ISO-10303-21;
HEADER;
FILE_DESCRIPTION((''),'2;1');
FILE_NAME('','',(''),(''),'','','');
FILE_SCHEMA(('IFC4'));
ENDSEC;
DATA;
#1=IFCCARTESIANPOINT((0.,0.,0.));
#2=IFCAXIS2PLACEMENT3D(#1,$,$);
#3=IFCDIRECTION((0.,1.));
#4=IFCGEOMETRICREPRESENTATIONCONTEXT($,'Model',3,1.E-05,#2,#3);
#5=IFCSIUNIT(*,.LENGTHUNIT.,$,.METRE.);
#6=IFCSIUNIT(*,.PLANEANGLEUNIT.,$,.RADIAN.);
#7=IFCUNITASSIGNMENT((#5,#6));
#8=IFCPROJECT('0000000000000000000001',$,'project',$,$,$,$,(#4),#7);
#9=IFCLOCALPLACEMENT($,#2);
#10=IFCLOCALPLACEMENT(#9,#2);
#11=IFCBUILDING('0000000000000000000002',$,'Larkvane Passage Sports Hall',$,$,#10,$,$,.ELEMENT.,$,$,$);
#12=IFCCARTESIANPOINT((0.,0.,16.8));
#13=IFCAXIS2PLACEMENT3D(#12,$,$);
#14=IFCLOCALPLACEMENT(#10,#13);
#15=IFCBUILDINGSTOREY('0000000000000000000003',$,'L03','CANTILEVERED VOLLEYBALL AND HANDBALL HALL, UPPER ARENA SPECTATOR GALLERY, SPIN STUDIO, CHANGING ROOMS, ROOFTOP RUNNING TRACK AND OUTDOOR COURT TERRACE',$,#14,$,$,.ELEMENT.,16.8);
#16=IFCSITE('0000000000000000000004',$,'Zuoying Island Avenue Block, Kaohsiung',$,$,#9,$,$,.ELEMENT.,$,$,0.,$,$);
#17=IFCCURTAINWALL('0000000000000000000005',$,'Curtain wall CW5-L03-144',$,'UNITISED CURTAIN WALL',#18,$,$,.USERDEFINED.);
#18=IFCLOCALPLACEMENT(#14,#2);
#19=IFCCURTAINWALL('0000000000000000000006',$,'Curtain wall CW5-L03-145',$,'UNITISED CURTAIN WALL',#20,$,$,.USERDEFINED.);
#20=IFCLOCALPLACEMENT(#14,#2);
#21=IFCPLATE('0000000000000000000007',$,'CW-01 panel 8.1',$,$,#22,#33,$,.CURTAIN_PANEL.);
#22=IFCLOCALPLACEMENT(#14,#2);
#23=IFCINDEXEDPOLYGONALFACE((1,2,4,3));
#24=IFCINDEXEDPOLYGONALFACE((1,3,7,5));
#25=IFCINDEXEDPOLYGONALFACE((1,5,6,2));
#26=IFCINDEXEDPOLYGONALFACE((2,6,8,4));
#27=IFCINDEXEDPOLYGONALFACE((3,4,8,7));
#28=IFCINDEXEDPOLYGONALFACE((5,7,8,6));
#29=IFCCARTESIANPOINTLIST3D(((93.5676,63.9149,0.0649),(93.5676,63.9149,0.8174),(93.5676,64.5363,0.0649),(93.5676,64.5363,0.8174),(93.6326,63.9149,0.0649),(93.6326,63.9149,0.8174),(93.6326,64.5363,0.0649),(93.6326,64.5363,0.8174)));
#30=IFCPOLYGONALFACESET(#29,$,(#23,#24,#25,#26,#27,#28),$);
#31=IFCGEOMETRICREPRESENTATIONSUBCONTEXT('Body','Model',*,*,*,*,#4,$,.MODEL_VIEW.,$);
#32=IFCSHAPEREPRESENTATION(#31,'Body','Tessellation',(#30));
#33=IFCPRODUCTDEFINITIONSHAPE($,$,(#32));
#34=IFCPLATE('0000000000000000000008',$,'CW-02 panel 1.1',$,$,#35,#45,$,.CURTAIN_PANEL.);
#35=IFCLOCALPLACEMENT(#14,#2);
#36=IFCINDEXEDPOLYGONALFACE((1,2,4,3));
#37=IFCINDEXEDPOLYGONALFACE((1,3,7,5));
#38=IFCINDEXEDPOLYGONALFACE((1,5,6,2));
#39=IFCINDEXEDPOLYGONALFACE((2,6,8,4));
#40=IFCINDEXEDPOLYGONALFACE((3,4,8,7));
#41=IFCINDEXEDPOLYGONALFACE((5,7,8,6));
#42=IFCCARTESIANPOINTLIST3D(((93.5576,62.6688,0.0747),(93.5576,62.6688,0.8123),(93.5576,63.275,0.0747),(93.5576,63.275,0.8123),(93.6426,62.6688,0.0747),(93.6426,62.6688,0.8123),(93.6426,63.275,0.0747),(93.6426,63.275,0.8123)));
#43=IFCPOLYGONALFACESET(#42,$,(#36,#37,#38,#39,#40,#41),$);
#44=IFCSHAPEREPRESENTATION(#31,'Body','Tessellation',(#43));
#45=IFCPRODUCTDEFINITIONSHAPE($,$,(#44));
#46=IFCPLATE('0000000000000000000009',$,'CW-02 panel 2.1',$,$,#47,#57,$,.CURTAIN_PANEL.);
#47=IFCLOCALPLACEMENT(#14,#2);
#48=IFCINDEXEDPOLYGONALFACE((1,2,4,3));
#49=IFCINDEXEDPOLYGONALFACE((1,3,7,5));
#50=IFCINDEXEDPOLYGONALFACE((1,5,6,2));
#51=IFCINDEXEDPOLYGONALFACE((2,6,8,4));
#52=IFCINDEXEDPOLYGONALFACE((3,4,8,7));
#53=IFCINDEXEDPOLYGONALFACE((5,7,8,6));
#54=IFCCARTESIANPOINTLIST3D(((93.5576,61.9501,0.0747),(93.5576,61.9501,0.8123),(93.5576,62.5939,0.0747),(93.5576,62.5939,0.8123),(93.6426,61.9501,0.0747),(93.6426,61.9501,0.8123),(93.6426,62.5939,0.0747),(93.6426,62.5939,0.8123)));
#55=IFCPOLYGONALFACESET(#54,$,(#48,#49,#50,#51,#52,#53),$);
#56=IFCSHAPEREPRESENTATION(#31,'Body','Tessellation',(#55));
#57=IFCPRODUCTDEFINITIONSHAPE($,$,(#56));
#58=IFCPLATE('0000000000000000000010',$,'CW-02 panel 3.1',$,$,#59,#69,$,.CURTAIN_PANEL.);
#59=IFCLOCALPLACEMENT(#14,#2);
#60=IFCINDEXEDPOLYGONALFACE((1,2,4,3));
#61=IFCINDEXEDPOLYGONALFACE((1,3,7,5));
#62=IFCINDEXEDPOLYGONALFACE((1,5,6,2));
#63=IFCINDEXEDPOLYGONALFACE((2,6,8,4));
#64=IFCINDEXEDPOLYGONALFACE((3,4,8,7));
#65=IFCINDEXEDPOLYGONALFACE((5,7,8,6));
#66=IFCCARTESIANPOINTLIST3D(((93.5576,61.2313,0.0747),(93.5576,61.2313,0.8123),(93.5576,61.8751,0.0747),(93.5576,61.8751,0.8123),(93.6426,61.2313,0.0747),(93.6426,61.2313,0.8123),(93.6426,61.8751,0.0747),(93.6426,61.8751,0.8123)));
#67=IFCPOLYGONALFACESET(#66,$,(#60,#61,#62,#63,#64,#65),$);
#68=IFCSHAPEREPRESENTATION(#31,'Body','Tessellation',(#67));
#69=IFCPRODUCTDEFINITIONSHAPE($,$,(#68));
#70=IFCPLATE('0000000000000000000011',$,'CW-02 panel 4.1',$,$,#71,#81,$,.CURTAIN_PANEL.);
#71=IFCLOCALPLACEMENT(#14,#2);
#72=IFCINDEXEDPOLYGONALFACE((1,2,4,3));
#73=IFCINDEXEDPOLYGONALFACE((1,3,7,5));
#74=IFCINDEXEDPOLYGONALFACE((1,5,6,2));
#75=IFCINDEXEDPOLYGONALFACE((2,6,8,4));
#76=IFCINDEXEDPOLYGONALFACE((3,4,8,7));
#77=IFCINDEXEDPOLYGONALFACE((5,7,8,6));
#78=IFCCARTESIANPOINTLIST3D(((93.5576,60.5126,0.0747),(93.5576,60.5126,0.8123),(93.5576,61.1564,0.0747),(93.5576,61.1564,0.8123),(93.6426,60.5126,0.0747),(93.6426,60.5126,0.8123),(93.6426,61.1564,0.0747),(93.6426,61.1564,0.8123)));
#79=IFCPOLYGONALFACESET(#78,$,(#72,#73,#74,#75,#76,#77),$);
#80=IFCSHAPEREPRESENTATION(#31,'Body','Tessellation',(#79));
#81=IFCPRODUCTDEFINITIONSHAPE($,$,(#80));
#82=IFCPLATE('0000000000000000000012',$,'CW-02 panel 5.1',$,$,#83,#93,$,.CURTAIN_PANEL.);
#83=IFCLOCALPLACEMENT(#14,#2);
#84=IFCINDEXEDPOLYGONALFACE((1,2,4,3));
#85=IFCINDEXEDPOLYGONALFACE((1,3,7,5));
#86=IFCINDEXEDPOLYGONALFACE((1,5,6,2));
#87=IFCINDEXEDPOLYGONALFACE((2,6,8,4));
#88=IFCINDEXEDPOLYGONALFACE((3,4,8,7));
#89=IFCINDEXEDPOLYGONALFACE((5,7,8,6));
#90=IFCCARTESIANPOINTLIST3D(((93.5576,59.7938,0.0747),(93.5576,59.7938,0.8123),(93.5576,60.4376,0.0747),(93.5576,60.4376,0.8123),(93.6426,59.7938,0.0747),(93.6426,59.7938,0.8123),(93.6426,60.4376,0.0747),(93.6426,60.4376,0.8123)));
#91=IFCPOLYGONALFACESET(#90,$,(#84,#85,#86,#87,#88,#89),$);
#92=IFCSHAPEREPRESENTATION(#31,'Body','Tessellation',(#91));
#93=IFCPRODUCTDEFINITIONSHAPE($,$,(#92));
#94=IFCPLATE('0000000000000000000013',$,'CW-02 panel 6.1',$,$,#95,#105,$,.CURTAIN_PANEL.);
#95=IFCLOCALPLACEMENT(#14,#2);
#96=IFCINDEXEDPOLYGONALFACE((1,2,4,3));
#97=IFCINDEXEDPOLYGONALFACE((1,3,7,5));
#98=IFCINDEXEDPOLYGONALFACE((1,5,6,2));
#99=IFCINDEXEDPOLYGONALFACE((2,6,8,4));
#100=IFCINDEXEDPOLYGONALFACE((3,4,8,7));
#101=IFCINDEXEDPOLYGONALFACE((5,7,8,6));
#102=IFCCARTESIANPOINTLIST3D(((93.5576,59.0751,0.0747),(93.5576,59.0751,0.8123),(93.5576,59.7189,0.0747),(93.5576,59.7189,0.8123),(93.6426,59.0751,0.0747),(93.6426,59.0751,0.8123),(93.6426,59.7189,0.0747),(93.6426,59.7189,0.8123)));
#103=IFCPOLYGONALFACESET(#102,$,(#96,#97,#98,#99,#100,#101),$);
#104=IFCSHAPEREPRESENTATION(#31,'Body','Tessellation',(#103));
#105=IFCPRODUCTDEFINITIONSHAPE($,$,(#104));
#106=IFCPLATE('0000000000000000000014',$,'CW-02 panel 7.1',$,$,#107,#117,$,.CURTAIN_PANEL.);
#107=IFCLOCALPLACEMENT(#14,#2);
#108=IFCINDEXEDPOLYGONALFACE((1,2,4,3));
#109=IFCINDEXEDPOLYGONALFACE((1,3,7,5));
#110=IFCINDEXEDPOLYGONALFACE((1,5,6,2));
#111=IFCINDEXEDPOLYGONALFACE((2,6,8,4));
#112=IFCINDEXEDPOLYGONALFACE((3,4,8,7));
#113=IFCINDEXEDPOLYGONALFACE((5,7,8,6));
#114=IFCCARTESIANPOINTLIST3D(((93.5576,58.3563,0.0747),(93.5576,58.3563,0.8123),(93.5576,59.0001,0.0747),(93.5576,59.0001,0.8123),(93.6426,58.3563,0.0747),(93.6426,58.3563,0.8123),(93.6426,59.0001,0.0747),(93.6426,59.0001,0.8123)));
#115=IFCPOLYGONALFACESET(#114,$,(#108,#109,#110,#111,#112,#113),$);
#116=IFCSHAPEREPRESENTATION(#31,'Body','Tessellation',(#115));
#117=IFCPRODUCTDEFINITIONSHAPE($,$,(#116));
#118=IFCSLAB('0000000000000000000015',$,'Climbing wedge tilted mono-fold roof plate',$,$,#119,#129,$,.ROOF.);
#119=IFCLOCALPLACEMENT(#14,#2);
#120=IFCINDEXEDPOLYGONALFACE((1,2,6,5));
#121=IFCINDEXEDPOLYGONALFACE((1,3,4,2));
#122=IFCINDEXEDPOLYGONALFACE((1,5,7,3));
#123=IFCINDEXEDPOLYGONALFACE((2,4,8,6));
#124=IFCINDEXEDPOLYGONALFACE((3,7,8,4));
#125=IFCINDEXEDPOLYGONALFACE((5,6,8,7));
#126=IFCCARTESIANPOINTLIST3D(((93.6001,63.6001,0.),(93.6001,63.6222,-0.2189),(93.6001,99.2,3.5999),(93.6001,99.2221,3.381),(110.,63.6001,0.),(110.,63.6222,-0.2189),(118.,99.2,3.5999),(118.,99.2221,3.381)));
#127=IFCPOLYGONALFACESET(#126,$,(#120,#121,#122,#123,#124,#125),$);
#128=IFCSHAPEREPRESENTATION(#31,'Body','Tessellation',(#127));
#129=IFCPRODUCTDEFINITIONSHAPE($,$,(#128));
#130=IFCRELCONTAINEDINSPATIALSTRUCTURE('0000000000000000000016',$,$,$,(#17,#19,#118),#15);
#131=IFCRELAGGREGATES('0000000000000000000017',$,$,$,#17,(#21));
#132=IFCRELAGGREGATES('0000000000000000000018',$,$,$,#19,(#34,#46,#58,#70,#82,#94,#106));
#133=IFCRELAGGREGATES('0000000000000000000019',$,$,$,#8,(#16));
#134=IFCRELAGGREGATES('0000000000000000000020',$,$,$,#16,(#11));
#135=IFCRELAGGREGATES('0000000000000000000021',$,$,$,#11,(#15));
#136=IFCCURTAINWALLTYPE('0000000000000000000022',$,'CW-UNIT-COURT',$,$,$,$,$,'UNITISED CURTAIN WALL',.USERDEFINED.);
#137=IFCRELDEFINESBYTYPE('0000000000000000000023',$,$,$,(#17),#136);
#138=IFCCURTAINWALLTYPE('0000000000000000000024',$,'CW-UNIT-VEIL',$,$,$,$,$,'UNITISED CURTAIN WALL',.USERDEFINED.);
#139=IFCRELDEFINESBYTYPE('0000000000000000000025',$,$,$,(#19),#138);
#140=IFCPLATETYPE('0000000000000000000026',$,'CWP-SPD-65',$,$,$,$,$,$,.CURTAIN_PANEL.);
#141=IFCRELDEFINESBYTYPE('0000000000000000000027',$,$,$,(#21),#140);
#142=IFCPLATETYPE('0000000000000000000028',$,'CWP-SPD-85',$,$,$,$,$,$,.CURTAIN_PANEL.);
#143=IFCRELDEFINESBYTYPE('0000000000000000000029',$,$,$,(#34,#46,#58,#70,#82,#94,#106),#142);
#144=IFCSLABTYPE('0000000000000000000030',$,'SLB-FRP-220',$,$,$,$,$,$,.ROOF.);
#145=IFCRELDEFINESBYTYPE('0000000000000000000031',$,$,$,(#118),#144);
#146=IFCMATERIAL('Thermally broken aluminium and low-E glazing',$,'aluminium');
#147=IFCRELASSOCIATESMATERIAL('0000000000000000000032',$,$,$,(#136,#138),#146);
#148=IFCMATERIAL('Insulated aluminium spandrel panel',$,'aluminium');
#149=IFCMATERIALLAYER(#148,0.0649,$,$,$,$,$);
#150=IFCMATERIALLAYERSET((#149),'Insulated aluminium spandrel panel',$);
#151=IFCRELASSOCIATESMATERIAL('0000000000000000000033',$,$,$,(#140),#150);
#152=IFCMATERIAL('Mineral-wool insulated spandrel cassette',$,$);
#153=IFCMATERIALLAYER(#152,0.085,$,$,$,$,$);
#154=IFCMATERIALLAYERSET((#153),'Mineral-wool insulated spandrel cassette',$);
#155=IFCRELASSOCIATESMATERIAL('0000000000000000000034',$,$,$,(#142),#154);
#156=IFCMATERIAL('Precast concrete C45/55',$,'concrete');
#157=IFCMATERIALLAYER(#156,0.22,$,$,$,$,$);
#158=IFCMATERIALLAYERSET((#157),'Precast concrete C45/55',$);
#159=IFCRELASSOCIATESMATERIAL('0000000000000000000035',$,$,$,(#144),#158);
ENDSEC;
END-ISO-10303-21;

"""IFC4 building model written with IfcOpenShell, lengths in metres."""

from ifc_helpers import new_model, si_unit, direction, frame, origin, origin_2d, place, context, subcontext, project, spatial, polyline, rectangle, outline, extrude, material, layer, layer_set, type_object, element, aggregate, save


model = new_model("IFC4")

# Units and contexts
model_context = context("Model", 3, precision=1e-05, world=origin(), true_north=direction((0.0, 1.0)))
body_context = subcontext(model_context, "Body", "Model", "MODEL_VIEW")
ifc_project = project(units=[si_unit("LENGTHUNIT", "METRE"), si_unit("PLANEANGLEUNIT", "RADIAN")], contexts=[model_context])

# Site, building, storey
site_placement = place(None, origin())
site = spatial("IfcSite", under=ifc_project, at=site_placement, Name="Zuoying Island Avenue Block, Kaohsiung", CompositionType="ELEMENT", RefElevation=0.0)
building_placement = place(site_placement, origin())
building = spatial("IfcBuilding", under=site, at=building_placement, Name="Larkvane Passage Sports Hall", CompositionType="ELEMENT")
storey_placement = place(building_placement, frame((0.0, 0.0, 16.8)))
storey = spatial("IfcBuildingStorey", under=building, at=storey_placement, Name="L03", Description="CANTILEVERED VOLLEYBALL AND HANDBALL HALL, UPPER ARENA SPECTATOR GALLERY, SPIN STUDIO, CHANGING ROOMS, ROOFTOP RUNNING TRACK AND OUTDOOR COURT TERRACE", CompositionType="ELEMENT", Elevation=16.8)

# Curtain wall
ifc_material_1 = material(Name="Thermally broken aluminium and low-E glazing", Category="aluminium")
curtain_wall_type_1 = type_object("IfcCurtainWallType", Name="CW-UNIT-COURT", ElementType="UNITISED CURTAIN WALL", PredefinedType="USERDEFINED", material=ifc_material_1)
curtain_wall_1_placement = place(storey_placement, origin())
curtain_wall_1 = element("IfcCurtainWall", 1, at=curtain_wall_1_placement, inside=storey, type_object=curtain_wall_type_1, Name="Curtain wall CW5-L03-144", ObjectType="UNITISED CURTAIN WALL", PredefinedType="USERDEFINED")

# Curtain wall
curtain_wall_type_2 = type_object("IfcCurtainWallType", Name="CW-UNIT-VEIL", ElementType="UNITISED CURTAIN WALL", PredefinedType="USERDEFINED", material=ifc_material_1)
curtain_wall_2_placement = place(storey_placement, origin())
curtain_wall_2 = element("IfcCurtainWall", 2, at=curtain_wall_2_placement, inside=storey, type_object=curtain_wall_type_2, Name="Curtain wall CW5-L03-145", ObjectType="UNITISED CURTAIN WALL", PredefinedType="USERDEFINED")

# Plates
ifc_material_2 = material(Name="Insulated aluminium spandrel panel", Category="aluminium")
ifc_layer_1 = layer(ifc_material_2, 0.0649)
ifc_layer_set_1 = layer_set([ifc_layer_1], Name="Insulated aluminium spandrel panel")
plate_type_1 = type_object("IfcPlateType", Name="CWP-SPD-65", PredefinedType="CURTAIN_PANEL", material=ifc_layer_set_1)
plate_1_placement = place(storey_placement, frame((93.6001, 64.2256, 0.0649), z_axis=(0.0, 0.0, 1.0), x_axis=(0.0, -1.0, 0.0)))
plate_1 = element("IfcPlate", 3, at=plate_1_placement, type_object=plate_type_1, Name="CW-01 panel 8.1", PredefinedType="CURTAIN_PANEL", context=body_context, shape_type="SweptSolid", body=[
    extrude(rectangle(XDim=0.6213, YDim=0.0649, at=origin_2d()), origin(), (0.0, 0.0, 1.0), 0.7524),
])
aggregate(curtain_wall_1, [plate_1])
ifc_material_3 = material(Name="Mineral-wool insulated spandrel cassette")
ifc_layer_2 = layer(ifc_material_3, 0.085)
ifc_layer_set_2 = layer_set([ifc_layer_2], Name="Mineral-wool insulated spandrel cassette")
plate_type_2 = type_object("IfcPlateType", Name="CWP-SPD-85", PredefinedType="CURTAIN_PANEL", material=ifc_layer_set_2)
plate_2_placement = place(storey_placement, frame((93.6001, 62.9719, 0.0747), z_axis=(0.0, 0.0, 1.0), x_axis=(0.0, -1.0, 0.0)))
plate_2 = element("IfcPlate", 4, at=plate_2_placement, type_object=plate_type_2, Name="CW-02 panel 1.1", PredefinedType="CURTAIN_PANEL", context=body_context, shape_type="SweptSolid", body=[
    extrude(rectangle(XDim=0.6062, YDim=0.085, at=origin_2d()), origin(), (0.0, 0.0, 1.0), 0.7375),
])
plate_3_placement = place(storey_placement, frame((93.6001, 62.272, 0.0747), z_axis=(0.0, 0.0, 1.0), x_axis=(0.0, -1.0, 0.0)))
plate_3 = element("IfcPlate", 5, at=plate_3_placement, type_object=plate_type_2, Name="CW-02 panel 2.1", PredefinedType="CURTAIN_PANEL", context=body_context, shape_type="SweptSolid", body=[
    extrude(rectangle(XDim=0.6438, YDim=0.085, at=origin_2d()), origin(), (0.0, 0.0, 1.0), 0.7375),
])
plate_4_placement = place(storey_placement, frame((93.6001, 61.5532, 0.0747), z_axis=(0.0, 0.0, 1.0), x_axis=(0.0, -1.0, 0.0)))
plate_4 = element("IfcPlate", 6, at=plate_4_placement, type_object=plate_type_2, Name="CW-02 panel 3.1", PredefinedType="CURTAIN_PANEL", context=body_context, shape_type="SweptSolid", body=[
    extrude(rectangle(XDim=0.6438, YDim=0.085, at=origin_2d()), origin(), (0.0, 0.0, 1.0), 0.7375),
])
plate_5_placement = place(storey_placement, frame((93.6001, 60.8345, 0.0747), z_axis=(0.0, 0.0, 1.0), x_axis=(0.0, -1.0, 0.0)))
plate_5 = element("IfcPlate", 7, at=plate_5_placement, type_object=plate_type_2, Name="CW-02 panel 4.1", PredefinedType="CURTAIN_PANEL", context=body_context, shape_type="SweptSolid", body=[
    extrude(rectangle(XDim=0.6438, YDim=0.085, at=origin_2d()), origin(), (0.0, 0.0, 1.0), 0.7375),
])
plate_6_placement = place(storey_placement, frame((93.6001, 60.1157, 0.0747), z_axis=(0.0, 0.0, 1.0), x_axis=(0.0, -1.0, 0.0)))
plate_6 = element("IfcPlate", 8, at=plate_6_placement, type_object=plate_type_2, Name="CW-02 panel 5.1", PredefinedType="CURTAIN_PANEL", context=body_context, shape_type="SweptSolid", body=[
    extrude(rectangle(XDim=0.6438, YDim=0.085, at=origin_2d()), origin(), (0.0, 0.0, 1.0), 0.7375),
])
plate_7_placement = place(storey_placement, frame((93.6001, 59.397, 0.0747), z_axis=(0.0, 0.0, 1.0), x_axis=(0.0, -1.0, 0.0)))
plate_7 = element("IfcPlate", 9, at=plate_7_placement, type_object=plate_type_2, Name="CW-02 panel 6.1", PredefinedType="CURTAIN_PANEL", context=body_context, shape_type="SweptSolid", body=[
    extrude(rectangle(XDim=0.6438, YDim=0.085, at=origin_2d()), origin(), (0.0, 0.0, 1.0), 0.7375),
])
plate_8_placement = place(storey_placement, frame((93.6001, 58.6782, 0.0747), z_axis=(0.0, 0.0, 1.0), x_axis=(0.0, -1.0, 0.0)))
plate_8 = element("IfcPlate", 10, at=plate_8_placement, type_object=plate_type_2, Name="CW-02 panel 7.1", PredefinedType="CURTAIN_PANEL", context=body_context, shape_type="SweptSolid", body=[
    extrude(rectangle(XDim=0.6438, YDim=0.085, at=origin_2d()), origin(), (0.0, 0.0, 1.0), 0.7375),
])
aggregate(curtain_wall_2, [plate_2, plate_3, plate_4, plate_5, plate_6, plate_7, plate_8])

# Slab
ifc_material_4 = material(Name="Precast concrete C45/55", Category="concrete")
ifc_layer_3 = layer(ifc_material_4, 0.22)
ifc_layer_set_3 = layer_set([ifc_layer_3], Name="Precast concrete C45/55")
slab_type = type_object("IfcSlabType", Name="SLB-FRP-220", PredefinedType="ROOF", material=ifc_layer_set_3)
slab_placement = place(storey_placement, frame((93.6001, 63.6001, 0.0), z_axis=(0.0, -0.100607, 0.994926), x_axis=(1.0, 0.0, 0.0)))
element("IfcSlab", 11, at=slab_placement, inside=storey, type_object=slab_type, Name="Climbing wedge tilted mono-fold roof plate", PredefinedType="ROOF", context=body_context, shape_type="SweptSolid", body=[
    extrude(outline(polyline([(0.0, 0.0), (16.3999, 0.0), (24.3999, 35.7814), (0.0, 35.7814), (0.0, 0.0)])), origin(), (0.0, 0.0, -1.0), 0.22),
])

save(model, "model.ifc")
